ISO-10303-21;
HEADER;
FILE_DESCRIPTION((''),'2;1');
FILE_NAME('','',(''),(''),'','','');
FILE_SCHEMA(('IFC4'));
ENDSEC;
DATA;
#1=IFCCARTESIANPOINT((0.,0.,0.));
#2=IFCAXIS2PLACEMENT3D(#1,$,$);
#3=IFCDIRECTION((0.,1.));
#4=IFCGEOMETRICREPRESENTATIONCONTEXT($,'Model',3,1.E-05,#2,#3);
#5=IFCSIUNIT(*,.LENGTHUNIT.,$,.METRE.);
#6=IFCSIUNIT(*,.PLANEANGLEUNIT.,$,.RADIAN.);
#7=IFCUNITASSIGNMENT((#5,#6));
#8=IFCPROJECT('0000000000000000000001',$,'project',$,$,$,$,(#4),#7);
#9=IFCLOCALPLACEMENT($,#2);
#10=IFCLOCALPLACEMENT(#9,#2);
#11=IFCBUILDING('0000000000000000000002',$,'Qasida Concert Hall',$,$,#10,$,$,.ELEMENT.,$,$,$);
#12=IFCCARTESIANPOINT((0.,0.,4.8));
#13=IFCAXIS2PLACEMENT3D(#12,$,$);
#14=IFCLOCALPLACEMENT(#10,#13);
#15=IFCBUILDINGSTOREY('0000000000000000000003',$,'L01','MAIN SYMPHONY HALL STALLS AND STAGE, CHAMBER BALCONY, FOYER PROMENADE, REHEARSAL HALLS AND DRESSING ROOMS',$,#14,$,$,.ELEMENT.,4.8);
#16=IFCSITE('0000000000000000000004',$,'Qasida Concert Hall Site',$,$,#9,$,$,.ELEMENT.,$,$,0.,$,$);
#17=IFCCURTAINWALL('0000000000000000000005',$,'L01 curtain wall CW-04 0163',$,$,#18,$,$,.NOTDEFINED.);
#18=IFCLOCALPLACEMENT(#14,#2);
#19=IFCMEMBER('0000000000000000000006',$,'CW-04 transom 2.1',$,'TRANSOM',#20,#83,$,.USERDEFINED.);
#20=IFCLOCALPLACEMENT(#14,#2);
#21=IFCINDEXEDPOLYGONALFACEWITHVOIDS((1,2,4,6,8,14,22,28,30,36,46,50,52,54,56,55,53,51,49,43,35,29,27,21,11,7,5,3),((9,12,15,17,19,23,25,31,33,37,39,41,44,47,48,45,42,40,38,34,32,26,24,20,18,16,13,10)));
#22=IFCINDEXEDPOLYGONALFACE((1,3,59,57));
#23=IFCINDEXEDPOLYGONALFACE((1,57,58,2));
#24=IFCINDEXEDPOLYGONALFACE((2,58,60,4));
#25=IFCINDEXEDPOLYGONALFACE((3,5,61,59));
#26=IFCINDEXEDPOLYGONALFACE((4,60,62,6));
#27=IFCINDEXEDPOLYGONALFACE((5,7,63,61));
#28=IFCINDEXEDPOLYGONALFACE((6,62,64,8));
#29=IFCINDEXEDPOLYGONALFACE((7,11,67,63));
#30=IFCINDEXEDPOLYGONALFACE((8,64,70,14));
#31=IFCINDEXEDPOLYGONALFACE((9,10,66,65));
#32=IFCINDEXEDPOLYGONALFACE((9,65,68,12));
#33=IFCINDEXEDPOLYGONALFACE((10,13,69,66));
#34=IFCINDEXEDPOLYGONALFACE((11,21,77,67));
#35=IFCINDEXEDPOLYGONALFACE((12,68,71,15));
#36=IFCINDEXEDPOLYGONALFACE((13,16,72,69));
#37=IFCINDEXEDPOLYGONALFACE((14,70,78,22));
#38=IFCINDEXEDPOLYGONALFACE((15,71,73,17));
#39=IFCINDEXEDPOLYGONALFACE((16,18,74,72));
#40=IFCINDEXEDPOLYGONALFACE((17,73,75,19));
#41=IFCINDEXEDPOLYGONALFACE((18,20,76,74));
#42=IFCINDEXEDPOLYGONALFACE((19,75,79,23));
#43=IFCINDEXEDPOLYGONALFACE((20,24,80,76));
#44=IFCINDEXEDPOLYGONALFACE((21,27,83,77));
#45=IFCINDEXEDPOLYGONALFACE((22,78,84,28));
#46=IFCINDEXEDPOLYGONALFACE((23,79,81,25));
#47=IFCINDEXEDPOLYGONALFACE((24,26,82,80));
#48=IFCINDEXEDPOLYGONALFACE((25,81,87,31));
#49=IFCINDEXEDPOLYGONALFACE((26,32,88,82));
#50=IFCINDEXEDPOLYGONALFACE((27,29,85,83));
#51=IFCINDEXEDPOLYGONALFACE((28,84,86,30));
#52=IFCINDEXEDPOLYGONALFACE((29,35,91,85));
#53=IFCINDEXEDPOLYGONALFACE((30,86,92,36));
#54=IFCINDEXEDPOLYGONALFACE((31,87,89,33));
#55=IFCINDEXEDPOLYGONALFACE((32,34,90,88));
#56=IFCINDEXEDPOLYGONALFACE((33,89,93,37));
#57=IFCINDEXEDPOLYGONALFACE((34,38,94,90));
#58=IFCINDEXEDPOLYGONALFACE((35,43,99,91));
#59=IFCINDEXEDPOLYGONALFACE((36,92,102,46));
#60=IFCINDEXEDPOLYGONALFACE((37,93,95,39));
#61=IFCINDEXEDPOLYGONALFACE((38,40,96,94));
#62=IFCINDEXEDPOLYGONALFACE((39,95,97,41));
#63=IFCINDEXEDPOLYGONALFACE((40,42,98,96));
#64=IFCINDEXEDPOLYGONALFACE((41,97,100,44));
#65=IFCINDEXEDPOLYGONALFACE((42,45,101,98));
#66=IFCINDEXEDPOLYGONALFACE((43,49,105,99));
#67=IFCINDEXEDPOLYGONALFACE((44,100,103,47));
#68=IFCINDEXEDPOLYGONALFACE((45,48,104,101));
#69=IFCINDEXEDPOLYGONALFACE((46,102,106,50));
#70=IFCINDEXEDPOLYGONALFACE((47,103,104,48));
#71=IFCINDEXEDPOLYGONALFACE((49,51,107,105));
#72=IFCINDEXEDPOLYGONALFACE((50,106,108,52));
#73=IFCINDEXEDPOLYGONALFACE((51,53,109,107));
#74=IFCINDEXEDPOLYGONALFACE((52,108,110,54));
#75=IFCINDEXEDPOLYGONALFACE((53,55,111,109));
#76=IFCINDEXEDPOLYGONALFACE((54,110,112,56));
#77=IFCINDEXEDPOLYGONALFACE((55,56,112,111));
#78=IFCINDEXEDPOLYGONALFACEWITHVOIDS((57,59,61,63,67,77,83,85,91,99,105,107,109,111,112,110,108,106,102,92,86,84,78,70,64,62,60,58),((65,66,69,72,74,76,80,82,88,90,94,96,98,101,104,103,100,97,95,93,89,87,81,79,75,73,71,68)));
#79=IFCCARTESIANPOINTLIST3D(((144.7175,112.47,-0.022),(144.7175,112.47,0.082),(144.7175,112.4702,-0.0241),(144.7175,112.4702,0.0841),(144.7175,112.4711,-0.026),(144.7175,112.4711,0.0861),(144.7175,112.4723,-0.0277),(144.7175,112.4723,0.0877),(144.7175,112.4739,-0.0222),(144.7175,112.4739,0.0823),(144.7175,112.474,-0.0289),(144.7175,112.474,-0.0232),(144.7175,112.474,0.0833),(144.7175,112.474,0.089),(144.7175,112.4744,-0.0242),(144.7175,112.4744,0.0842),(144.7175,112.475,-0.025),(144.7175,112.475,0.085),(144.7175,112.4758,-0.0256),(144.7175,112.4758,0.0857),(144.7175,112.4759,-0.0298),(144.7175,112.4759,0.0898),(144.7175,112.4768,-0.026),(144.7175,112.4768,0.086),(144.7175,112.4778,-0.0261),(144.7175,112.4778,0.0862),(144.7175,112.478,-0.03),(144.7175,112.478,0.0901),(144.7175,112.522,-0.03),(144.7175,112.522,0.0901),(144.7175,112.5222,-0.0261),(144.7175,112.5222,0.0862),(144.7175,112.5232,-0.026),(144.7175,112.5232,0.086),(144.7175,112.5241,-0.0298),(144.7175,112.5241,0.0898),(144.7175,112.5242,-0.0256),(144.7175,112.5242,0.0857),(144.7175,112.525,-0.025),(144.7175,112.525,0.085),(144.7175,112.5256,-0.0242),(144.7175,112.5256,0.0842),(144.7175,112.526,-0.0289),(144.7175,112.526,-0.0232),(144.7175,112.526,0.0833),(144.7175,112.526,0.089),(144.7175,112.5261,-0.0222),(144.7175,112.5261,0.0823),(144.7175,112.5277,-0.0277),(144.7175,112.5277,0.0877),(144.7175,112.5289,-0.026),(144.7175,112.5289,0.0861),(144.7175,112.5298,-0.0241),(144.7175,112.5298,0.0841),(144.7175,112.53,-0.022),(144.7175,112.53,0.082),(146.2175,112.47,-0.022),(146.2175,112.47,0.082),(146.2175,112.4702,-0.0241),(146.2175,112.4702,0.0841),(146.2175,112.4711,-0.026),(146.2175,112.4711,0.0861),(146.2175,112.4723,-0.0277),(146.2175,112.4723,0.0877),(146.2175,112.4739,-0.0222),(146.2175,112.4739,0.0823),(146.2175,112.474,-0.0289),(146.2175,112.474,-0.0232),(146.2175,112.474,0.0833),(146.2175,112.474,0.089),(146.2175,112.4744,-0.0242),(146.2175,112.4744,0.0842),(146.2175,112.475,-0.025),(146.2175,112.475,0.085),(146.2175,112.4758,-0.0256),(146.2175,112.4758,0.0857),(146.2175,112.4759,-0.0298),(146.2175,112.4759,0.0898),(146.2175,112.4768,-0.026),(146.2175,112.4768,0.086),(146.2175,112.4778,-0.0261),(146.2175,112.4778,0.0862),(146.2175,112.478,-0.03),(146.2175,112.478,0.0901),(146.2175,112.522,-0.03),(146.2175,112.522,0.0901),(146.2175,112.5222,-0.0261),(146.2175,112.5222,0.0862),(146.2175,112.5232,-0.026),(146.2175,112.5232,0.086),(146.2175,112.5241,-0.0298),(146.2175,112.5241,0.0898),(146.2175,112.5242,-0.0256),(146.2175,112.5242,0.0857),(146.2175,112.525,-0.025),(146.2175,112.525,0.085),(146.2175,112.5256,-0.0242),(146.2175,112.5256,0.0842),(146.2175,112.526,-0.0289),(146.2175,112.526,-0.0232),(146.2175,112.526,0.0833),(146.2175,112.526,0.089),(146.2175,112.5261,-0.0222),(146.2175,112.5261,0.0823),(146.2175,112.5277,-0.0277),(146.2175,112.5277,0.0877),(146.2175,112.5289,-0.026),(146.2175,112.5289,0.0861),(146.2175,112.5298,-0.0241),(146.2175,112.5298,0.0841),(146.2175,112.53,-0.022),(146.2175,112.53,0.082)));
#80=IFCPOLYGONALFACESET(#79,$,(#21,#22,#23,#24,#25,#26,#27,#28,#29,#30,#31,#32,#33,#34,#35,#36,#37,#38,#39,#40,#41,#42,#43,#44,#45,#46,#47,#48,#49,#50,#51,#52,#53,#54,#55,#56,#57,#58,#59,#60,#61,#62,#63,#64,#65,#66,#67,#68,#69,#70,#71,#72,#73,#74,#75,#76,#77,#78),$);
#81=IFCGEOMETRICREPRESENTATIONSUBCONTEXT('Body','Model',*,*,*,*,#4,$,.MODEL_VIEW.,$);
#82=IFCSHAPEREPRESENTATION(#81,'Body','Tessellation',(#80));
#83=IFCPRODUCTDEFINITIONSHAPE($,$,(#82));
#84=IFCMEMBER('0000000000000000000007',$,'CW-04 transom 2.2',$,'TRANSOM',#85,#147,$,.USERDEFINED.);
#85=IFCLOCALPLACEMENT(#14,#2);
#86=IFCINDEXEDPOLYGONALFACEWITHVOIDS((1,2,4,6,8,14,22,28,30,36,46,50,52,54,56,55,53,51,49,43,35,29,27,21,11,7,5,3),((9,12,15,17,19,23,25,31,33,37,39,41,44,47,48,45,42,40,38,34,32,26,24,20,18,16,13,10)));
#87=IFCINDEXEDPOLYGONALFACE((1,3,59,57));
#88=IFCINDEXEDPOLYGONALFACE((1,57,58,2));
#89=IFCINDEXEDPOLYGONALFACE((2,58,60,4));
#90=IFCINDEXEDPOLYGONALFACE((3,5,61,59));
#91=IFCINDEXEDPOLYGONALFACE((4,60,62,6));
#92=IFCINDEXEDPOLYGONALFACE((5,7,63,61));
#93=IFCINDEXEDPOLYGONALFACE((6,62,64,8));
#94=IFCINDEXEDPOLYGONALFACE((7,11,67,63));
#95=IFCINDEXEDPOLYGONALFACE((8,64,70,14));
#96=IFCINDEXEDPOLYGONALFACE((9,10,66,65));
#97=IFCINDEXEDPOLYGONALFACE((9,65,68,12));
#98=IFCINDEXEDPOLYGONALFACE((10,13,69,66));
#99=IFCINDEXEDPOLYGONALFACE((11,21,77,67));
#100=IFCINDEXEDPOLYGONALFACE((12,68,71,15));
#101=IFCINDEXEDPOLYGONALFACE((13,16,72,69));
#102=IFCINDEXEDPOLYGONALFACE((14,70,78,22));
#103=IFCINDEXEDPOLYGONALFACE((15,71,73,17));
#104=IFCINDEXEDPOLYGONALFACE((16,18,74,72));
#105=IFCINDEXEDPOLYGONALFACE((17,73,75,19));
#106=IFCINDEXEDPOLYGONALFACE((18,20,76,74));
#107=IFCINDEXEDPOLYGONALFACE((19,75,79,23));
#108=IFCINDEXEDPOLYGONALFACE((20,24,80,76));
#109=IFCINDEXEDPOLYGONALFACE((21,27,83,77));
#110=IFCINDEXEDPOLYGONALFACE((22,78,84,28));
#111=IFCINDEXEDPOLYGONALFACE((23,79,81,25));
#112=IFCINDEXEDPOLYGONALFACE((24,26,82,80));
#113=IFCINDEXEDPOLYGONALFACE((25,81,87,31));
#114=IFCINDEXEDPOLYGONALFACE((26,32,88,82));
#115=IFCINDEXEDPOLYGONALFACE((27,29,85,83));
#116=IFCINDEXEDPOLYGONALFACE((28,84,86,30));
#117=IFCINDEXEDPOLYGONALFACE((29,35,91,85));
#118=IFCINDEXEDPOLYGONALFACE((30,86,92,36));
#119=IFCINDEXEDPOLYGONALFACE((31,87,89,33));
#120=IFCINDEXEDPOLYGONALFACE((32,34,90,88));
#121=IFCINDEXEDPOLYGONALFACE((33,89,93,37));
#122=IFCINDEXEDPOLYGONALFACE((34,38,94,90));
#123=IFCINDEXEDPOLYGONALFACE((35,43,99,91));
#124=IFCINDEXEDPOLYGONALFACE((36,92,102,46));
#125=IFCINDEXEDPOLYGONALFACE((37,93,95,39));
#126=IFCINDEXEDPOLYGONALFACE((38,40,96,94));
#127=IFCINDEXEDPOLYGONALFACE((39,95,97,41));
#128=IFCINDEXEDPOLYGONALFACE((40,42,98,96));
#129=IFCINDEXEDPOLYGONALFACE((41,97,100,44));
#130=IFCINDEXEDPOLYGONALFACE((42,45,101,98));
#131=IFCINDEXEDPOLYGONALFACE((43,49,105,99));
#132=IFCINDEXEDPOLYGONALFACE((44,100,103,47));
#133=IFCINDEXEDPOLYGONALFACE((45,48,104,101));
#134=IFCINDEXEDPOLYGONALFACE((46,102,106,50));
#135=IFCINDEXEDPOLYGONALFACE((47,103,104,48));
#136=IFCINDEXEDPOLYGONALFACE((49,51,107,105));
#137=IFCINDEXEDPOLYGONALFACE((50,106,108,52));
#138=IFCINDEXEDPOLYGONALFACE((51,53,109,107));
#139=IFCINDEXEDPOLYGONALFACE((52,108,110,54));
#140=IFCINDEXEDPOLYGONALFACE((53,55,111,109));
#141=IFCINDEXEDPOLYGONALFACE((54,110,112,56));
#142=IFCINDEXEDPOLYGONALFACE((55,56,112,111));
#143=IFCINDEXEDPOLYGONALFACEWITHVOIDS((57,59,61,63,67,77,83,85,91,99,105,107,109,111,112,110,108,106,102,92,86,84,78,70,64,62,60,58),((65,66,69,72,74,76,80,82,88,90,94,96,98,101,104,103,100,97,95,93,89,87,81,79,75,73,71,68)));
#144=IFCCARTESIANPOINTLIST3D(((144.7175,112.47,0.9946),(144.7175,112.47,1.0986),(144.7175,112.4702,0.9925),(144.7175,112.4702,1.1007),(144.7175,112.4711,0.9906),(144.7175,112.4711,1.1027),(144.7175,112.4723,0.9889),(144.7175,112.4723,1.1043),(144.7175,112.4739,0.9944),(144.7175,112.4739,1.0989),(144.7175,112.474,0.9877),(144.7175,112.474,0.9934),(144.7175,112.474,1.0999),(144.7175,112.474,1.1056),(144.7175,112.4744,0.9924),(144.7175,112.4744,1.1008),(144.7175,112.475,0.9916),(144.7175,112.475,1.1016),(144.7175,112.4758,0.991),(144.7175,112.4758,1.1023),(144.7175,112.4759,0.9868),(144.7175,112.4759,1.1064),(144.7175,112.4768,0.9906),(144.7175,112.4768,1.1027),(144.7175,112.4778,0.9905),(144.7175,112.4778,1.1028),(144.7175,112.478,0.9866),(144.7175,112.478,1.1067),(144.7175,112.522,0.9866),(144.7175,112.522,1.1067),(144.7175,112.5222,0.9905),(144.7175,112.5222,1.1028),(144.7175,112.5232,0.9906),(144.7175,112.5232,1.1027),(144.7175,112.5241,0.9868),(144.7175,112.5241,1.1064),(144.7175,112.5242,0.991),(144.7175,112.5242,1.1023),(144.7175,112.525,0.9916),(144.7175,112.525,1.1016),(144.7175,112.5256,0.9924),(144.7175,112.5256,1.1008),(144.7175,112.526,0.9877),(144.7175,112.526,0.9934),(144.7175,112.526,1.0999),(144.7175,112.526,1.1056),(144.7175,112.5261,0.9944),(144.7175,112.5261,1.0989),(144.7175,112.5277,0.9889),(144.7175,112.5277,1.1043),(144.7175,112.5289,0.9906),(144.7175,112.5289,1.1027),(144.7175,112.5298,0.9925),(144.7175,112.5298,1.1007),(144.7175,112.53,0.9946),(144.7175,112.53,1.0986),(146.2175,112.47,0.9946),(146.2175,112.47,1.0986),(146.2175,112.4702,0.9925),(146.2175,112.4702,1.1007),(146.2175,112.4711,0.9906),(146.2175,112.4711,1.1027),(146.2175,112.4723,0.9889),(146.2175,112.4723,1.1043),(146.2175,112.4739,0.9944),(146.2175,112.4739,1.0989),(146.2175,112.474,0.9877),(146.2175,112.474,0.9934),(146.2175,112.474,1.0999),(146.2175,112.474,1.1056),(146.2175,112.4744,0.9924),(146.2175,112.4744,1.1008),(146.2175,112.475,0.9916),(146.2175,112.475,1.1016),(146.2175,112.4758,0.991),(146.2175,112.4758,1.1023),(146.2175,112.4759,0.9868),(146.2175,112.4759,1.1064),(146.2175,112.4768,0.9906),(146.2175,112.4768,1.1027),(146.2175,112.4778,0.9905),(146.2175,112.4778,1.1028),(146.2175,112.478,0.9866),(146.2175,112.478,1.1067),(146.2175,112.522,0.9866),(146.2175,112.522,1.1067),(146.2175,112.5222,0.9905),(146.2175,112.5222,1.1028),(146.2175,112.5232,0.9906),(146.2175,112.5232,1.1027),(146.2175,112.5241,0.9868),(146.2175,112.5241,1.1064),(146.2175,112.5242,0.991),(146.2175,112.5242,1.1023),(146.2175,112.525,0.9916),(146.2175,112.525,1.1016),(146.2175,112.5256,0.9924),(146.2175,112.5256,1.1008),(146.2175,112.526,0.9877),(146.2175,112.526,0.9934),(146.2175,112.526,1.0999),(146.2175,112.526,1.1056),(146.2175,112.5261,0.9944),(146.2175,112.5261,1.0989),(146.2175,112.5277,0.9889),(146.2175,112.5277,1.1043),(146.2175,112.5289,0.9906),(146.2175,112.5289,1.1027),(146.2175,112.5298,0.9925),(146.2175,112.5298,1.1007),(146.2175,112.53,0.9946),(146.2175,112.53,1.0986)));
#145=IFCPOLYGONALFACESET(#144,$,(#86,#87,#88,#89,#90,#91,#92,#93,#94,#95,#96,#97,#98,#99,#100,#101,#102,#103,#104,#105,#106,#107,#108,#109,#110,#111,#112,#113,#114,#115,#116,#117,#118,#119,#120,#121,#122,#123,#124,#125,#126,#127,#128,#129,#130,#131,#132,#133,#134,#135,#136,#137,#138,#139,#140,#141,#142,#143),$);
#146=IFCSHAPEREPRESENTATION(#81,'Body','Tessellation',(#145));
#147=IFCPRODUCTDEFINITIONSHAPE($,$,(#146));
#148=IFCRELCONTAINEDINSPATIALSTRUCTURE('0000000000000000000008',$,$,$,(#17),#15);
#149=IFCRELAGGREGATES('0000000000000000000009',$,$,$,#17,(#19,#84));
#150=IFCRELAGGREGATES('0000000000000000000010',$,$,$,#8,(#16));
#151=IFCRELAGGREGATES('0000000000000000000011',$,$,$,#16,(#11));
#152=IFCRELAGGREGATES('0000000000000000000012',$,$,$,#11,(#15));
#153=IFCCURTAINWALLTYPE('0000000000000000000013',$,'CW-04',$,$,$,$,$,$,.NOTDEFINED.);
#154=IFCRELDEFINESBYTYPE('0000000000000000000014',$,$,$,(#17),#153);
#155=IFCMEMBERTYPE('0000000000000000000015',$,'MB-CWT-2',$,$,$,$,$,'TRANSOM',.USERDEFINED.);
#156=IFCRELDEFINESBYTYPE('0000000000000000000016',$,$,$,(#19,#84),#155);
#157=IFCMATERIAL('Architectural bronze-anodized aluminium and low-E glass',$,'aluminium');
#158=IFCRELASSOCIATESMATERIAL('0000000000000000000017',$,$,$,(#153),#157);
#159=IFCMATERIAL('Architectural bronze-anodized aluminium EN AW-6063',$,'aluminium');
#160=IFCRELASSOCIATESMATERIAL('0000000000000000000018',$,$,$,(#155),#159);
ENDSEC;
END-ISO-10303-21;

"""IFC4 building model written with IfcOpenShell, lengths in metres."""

from ifc_helpers import new_model, si_unit, direction, frame, origin, origin_2d, place, context, subcontext, project, spatial, hollow_rectangle, extrude, material, material_profile, profile_set, type_object, element, aggregate, save


model = new_model("IFC4")

# Units and contexts
model_context = context("Model", 3, precision=1e-05, world=origin(), true_north=direction((0.0, 1.0)))
body_context = subcontext(model_context, "Body", "Model", "MODEL_VIEW")
ifc_project = project(units=[si_unit("LENGTHUNIT", "METRE"), si_unit("PLANEANGLEUNIT", "RADIAN")], contexts=[model_context])

# Site, building, storey
site_placement = place(None, origin())
site = spatial("IfcSite", under=ifc_project, at=site_placement, Name="Qasida Concert Hall Site", CompositionType="ELEMENT", RefElevation=0.0)
building_placement = place(site_placement, origin())
building = spatial("IfcBuilding", under=site, at=building_placement, Name="Qasida Concert Hall", CompositionType="ELEMENT")
storey_placement = place(building_placement, frame((0.0, 0.0, 4.8)))
storey = spatial("IfcBuildingStorey", under=building, at=storey_placement, Name="L01", Description="MAIN SYMPHONY HALL STALLS AND STAGE, CHAMBER BALCONY, FOYER PROMENADE, REHEARSAL HALLS AND DRESSING ROOMS", CompositionType="ELEMENT", Elevation=4.8)

# Curtain wall, members
ifc_material_1 = material(Name="Architectural bronze-anodized aluminium and low-E glass", Category="aluminium")
curtain_wall_type = type_object("IfcCurtainWallType", Name="CW-04", PredefinedType="NOTDEFINED", material=ifc_material_1)
curtain_wall_placement = place(storey_placement, origin())
curtain_wall = element("IfcCurtainWall", 1, at=curtain_wall_placement, inside=storey, type_object=curtain_wall_type, Name="L01 curtain wall CW-04 0163", PredefinedType="NOTDEFINED")
ifc_material_2 = material(Name="Architectural bronze-anodized aluminium EN AW-6063", Category="aluminium")
ifc_material_profile_1 = material_profile(ifc_material_2, hollow_rectangle(XDim=0.0601, YDim=0.1201, WallThickness=0.0039, InnerFilletRadius=0.0039, OuterFilletRadius=0.0081, at=origin_2d()), Name="CWT 120x60x4")
ifc_profile_set_1 = profile_set([ifc_material_profile_1], Name="Architectural bronze-anodized aluminium EN AW-6063")
member_type_1 = type_object("IfcMemberType", Name="MB-CWT-2", ElementType="TRANSOM", PredefinedType="USERDEFINED", material=ifc_profile_set_1)
member_1_placement = place(storey_placement, frame((144.7175, 112.5, 0.03), z_axis=(1.0, 0.0, 0.0), x_axis=(0.0, 1.0, 0.0)))
member_1 = element("IfcMember", 2, at=member_1_placement, type_object=member_type_1, Name="CW-04 transom 2.1", ObjectType="TRANSOM", PredefinedType="USERDEFINED", context=body_context, shape_type="SweptSolid", body=[
    extrude(hollow_rectangle(XDim=0.0601, YDim=0.1201, WallThickness=0.0039, InnerFilletRadius=0.0039, OuterFilletRadius=0.0081, at=origin_2d()), origin(), (0.0, 0.0, 1.0), 1.5),
])
member_2_placement = place(storey_placement, frame((144.7175, 112.5, 1.0466), z_axis=(1.0, 0.0, 0.0), x_axis=(0.0, 1.0, 0.0)))
member_2 = element("IfcMember", 3, at=member_2_placement, type_object=member_type_1, Name="CW-04 transom 2.2", ObjectType="TRANSOM", PredefinedType="USERDEFINED", context=body_context, shape_type="SweptSolid", body=[
    extrude(hollow_rectangle(XDim=0.0601, YDim=0.1201, WallThickness=0.0039, InnerFilletRadius=0.0039, OuterFilletRadius=0.0081, at=origin_2d()), origin(), (0.0, 0.0, 1.0), 1.5),
])
aggregate(curtain_wall, [member_1, member_2])

save(model, "model.ifc")
